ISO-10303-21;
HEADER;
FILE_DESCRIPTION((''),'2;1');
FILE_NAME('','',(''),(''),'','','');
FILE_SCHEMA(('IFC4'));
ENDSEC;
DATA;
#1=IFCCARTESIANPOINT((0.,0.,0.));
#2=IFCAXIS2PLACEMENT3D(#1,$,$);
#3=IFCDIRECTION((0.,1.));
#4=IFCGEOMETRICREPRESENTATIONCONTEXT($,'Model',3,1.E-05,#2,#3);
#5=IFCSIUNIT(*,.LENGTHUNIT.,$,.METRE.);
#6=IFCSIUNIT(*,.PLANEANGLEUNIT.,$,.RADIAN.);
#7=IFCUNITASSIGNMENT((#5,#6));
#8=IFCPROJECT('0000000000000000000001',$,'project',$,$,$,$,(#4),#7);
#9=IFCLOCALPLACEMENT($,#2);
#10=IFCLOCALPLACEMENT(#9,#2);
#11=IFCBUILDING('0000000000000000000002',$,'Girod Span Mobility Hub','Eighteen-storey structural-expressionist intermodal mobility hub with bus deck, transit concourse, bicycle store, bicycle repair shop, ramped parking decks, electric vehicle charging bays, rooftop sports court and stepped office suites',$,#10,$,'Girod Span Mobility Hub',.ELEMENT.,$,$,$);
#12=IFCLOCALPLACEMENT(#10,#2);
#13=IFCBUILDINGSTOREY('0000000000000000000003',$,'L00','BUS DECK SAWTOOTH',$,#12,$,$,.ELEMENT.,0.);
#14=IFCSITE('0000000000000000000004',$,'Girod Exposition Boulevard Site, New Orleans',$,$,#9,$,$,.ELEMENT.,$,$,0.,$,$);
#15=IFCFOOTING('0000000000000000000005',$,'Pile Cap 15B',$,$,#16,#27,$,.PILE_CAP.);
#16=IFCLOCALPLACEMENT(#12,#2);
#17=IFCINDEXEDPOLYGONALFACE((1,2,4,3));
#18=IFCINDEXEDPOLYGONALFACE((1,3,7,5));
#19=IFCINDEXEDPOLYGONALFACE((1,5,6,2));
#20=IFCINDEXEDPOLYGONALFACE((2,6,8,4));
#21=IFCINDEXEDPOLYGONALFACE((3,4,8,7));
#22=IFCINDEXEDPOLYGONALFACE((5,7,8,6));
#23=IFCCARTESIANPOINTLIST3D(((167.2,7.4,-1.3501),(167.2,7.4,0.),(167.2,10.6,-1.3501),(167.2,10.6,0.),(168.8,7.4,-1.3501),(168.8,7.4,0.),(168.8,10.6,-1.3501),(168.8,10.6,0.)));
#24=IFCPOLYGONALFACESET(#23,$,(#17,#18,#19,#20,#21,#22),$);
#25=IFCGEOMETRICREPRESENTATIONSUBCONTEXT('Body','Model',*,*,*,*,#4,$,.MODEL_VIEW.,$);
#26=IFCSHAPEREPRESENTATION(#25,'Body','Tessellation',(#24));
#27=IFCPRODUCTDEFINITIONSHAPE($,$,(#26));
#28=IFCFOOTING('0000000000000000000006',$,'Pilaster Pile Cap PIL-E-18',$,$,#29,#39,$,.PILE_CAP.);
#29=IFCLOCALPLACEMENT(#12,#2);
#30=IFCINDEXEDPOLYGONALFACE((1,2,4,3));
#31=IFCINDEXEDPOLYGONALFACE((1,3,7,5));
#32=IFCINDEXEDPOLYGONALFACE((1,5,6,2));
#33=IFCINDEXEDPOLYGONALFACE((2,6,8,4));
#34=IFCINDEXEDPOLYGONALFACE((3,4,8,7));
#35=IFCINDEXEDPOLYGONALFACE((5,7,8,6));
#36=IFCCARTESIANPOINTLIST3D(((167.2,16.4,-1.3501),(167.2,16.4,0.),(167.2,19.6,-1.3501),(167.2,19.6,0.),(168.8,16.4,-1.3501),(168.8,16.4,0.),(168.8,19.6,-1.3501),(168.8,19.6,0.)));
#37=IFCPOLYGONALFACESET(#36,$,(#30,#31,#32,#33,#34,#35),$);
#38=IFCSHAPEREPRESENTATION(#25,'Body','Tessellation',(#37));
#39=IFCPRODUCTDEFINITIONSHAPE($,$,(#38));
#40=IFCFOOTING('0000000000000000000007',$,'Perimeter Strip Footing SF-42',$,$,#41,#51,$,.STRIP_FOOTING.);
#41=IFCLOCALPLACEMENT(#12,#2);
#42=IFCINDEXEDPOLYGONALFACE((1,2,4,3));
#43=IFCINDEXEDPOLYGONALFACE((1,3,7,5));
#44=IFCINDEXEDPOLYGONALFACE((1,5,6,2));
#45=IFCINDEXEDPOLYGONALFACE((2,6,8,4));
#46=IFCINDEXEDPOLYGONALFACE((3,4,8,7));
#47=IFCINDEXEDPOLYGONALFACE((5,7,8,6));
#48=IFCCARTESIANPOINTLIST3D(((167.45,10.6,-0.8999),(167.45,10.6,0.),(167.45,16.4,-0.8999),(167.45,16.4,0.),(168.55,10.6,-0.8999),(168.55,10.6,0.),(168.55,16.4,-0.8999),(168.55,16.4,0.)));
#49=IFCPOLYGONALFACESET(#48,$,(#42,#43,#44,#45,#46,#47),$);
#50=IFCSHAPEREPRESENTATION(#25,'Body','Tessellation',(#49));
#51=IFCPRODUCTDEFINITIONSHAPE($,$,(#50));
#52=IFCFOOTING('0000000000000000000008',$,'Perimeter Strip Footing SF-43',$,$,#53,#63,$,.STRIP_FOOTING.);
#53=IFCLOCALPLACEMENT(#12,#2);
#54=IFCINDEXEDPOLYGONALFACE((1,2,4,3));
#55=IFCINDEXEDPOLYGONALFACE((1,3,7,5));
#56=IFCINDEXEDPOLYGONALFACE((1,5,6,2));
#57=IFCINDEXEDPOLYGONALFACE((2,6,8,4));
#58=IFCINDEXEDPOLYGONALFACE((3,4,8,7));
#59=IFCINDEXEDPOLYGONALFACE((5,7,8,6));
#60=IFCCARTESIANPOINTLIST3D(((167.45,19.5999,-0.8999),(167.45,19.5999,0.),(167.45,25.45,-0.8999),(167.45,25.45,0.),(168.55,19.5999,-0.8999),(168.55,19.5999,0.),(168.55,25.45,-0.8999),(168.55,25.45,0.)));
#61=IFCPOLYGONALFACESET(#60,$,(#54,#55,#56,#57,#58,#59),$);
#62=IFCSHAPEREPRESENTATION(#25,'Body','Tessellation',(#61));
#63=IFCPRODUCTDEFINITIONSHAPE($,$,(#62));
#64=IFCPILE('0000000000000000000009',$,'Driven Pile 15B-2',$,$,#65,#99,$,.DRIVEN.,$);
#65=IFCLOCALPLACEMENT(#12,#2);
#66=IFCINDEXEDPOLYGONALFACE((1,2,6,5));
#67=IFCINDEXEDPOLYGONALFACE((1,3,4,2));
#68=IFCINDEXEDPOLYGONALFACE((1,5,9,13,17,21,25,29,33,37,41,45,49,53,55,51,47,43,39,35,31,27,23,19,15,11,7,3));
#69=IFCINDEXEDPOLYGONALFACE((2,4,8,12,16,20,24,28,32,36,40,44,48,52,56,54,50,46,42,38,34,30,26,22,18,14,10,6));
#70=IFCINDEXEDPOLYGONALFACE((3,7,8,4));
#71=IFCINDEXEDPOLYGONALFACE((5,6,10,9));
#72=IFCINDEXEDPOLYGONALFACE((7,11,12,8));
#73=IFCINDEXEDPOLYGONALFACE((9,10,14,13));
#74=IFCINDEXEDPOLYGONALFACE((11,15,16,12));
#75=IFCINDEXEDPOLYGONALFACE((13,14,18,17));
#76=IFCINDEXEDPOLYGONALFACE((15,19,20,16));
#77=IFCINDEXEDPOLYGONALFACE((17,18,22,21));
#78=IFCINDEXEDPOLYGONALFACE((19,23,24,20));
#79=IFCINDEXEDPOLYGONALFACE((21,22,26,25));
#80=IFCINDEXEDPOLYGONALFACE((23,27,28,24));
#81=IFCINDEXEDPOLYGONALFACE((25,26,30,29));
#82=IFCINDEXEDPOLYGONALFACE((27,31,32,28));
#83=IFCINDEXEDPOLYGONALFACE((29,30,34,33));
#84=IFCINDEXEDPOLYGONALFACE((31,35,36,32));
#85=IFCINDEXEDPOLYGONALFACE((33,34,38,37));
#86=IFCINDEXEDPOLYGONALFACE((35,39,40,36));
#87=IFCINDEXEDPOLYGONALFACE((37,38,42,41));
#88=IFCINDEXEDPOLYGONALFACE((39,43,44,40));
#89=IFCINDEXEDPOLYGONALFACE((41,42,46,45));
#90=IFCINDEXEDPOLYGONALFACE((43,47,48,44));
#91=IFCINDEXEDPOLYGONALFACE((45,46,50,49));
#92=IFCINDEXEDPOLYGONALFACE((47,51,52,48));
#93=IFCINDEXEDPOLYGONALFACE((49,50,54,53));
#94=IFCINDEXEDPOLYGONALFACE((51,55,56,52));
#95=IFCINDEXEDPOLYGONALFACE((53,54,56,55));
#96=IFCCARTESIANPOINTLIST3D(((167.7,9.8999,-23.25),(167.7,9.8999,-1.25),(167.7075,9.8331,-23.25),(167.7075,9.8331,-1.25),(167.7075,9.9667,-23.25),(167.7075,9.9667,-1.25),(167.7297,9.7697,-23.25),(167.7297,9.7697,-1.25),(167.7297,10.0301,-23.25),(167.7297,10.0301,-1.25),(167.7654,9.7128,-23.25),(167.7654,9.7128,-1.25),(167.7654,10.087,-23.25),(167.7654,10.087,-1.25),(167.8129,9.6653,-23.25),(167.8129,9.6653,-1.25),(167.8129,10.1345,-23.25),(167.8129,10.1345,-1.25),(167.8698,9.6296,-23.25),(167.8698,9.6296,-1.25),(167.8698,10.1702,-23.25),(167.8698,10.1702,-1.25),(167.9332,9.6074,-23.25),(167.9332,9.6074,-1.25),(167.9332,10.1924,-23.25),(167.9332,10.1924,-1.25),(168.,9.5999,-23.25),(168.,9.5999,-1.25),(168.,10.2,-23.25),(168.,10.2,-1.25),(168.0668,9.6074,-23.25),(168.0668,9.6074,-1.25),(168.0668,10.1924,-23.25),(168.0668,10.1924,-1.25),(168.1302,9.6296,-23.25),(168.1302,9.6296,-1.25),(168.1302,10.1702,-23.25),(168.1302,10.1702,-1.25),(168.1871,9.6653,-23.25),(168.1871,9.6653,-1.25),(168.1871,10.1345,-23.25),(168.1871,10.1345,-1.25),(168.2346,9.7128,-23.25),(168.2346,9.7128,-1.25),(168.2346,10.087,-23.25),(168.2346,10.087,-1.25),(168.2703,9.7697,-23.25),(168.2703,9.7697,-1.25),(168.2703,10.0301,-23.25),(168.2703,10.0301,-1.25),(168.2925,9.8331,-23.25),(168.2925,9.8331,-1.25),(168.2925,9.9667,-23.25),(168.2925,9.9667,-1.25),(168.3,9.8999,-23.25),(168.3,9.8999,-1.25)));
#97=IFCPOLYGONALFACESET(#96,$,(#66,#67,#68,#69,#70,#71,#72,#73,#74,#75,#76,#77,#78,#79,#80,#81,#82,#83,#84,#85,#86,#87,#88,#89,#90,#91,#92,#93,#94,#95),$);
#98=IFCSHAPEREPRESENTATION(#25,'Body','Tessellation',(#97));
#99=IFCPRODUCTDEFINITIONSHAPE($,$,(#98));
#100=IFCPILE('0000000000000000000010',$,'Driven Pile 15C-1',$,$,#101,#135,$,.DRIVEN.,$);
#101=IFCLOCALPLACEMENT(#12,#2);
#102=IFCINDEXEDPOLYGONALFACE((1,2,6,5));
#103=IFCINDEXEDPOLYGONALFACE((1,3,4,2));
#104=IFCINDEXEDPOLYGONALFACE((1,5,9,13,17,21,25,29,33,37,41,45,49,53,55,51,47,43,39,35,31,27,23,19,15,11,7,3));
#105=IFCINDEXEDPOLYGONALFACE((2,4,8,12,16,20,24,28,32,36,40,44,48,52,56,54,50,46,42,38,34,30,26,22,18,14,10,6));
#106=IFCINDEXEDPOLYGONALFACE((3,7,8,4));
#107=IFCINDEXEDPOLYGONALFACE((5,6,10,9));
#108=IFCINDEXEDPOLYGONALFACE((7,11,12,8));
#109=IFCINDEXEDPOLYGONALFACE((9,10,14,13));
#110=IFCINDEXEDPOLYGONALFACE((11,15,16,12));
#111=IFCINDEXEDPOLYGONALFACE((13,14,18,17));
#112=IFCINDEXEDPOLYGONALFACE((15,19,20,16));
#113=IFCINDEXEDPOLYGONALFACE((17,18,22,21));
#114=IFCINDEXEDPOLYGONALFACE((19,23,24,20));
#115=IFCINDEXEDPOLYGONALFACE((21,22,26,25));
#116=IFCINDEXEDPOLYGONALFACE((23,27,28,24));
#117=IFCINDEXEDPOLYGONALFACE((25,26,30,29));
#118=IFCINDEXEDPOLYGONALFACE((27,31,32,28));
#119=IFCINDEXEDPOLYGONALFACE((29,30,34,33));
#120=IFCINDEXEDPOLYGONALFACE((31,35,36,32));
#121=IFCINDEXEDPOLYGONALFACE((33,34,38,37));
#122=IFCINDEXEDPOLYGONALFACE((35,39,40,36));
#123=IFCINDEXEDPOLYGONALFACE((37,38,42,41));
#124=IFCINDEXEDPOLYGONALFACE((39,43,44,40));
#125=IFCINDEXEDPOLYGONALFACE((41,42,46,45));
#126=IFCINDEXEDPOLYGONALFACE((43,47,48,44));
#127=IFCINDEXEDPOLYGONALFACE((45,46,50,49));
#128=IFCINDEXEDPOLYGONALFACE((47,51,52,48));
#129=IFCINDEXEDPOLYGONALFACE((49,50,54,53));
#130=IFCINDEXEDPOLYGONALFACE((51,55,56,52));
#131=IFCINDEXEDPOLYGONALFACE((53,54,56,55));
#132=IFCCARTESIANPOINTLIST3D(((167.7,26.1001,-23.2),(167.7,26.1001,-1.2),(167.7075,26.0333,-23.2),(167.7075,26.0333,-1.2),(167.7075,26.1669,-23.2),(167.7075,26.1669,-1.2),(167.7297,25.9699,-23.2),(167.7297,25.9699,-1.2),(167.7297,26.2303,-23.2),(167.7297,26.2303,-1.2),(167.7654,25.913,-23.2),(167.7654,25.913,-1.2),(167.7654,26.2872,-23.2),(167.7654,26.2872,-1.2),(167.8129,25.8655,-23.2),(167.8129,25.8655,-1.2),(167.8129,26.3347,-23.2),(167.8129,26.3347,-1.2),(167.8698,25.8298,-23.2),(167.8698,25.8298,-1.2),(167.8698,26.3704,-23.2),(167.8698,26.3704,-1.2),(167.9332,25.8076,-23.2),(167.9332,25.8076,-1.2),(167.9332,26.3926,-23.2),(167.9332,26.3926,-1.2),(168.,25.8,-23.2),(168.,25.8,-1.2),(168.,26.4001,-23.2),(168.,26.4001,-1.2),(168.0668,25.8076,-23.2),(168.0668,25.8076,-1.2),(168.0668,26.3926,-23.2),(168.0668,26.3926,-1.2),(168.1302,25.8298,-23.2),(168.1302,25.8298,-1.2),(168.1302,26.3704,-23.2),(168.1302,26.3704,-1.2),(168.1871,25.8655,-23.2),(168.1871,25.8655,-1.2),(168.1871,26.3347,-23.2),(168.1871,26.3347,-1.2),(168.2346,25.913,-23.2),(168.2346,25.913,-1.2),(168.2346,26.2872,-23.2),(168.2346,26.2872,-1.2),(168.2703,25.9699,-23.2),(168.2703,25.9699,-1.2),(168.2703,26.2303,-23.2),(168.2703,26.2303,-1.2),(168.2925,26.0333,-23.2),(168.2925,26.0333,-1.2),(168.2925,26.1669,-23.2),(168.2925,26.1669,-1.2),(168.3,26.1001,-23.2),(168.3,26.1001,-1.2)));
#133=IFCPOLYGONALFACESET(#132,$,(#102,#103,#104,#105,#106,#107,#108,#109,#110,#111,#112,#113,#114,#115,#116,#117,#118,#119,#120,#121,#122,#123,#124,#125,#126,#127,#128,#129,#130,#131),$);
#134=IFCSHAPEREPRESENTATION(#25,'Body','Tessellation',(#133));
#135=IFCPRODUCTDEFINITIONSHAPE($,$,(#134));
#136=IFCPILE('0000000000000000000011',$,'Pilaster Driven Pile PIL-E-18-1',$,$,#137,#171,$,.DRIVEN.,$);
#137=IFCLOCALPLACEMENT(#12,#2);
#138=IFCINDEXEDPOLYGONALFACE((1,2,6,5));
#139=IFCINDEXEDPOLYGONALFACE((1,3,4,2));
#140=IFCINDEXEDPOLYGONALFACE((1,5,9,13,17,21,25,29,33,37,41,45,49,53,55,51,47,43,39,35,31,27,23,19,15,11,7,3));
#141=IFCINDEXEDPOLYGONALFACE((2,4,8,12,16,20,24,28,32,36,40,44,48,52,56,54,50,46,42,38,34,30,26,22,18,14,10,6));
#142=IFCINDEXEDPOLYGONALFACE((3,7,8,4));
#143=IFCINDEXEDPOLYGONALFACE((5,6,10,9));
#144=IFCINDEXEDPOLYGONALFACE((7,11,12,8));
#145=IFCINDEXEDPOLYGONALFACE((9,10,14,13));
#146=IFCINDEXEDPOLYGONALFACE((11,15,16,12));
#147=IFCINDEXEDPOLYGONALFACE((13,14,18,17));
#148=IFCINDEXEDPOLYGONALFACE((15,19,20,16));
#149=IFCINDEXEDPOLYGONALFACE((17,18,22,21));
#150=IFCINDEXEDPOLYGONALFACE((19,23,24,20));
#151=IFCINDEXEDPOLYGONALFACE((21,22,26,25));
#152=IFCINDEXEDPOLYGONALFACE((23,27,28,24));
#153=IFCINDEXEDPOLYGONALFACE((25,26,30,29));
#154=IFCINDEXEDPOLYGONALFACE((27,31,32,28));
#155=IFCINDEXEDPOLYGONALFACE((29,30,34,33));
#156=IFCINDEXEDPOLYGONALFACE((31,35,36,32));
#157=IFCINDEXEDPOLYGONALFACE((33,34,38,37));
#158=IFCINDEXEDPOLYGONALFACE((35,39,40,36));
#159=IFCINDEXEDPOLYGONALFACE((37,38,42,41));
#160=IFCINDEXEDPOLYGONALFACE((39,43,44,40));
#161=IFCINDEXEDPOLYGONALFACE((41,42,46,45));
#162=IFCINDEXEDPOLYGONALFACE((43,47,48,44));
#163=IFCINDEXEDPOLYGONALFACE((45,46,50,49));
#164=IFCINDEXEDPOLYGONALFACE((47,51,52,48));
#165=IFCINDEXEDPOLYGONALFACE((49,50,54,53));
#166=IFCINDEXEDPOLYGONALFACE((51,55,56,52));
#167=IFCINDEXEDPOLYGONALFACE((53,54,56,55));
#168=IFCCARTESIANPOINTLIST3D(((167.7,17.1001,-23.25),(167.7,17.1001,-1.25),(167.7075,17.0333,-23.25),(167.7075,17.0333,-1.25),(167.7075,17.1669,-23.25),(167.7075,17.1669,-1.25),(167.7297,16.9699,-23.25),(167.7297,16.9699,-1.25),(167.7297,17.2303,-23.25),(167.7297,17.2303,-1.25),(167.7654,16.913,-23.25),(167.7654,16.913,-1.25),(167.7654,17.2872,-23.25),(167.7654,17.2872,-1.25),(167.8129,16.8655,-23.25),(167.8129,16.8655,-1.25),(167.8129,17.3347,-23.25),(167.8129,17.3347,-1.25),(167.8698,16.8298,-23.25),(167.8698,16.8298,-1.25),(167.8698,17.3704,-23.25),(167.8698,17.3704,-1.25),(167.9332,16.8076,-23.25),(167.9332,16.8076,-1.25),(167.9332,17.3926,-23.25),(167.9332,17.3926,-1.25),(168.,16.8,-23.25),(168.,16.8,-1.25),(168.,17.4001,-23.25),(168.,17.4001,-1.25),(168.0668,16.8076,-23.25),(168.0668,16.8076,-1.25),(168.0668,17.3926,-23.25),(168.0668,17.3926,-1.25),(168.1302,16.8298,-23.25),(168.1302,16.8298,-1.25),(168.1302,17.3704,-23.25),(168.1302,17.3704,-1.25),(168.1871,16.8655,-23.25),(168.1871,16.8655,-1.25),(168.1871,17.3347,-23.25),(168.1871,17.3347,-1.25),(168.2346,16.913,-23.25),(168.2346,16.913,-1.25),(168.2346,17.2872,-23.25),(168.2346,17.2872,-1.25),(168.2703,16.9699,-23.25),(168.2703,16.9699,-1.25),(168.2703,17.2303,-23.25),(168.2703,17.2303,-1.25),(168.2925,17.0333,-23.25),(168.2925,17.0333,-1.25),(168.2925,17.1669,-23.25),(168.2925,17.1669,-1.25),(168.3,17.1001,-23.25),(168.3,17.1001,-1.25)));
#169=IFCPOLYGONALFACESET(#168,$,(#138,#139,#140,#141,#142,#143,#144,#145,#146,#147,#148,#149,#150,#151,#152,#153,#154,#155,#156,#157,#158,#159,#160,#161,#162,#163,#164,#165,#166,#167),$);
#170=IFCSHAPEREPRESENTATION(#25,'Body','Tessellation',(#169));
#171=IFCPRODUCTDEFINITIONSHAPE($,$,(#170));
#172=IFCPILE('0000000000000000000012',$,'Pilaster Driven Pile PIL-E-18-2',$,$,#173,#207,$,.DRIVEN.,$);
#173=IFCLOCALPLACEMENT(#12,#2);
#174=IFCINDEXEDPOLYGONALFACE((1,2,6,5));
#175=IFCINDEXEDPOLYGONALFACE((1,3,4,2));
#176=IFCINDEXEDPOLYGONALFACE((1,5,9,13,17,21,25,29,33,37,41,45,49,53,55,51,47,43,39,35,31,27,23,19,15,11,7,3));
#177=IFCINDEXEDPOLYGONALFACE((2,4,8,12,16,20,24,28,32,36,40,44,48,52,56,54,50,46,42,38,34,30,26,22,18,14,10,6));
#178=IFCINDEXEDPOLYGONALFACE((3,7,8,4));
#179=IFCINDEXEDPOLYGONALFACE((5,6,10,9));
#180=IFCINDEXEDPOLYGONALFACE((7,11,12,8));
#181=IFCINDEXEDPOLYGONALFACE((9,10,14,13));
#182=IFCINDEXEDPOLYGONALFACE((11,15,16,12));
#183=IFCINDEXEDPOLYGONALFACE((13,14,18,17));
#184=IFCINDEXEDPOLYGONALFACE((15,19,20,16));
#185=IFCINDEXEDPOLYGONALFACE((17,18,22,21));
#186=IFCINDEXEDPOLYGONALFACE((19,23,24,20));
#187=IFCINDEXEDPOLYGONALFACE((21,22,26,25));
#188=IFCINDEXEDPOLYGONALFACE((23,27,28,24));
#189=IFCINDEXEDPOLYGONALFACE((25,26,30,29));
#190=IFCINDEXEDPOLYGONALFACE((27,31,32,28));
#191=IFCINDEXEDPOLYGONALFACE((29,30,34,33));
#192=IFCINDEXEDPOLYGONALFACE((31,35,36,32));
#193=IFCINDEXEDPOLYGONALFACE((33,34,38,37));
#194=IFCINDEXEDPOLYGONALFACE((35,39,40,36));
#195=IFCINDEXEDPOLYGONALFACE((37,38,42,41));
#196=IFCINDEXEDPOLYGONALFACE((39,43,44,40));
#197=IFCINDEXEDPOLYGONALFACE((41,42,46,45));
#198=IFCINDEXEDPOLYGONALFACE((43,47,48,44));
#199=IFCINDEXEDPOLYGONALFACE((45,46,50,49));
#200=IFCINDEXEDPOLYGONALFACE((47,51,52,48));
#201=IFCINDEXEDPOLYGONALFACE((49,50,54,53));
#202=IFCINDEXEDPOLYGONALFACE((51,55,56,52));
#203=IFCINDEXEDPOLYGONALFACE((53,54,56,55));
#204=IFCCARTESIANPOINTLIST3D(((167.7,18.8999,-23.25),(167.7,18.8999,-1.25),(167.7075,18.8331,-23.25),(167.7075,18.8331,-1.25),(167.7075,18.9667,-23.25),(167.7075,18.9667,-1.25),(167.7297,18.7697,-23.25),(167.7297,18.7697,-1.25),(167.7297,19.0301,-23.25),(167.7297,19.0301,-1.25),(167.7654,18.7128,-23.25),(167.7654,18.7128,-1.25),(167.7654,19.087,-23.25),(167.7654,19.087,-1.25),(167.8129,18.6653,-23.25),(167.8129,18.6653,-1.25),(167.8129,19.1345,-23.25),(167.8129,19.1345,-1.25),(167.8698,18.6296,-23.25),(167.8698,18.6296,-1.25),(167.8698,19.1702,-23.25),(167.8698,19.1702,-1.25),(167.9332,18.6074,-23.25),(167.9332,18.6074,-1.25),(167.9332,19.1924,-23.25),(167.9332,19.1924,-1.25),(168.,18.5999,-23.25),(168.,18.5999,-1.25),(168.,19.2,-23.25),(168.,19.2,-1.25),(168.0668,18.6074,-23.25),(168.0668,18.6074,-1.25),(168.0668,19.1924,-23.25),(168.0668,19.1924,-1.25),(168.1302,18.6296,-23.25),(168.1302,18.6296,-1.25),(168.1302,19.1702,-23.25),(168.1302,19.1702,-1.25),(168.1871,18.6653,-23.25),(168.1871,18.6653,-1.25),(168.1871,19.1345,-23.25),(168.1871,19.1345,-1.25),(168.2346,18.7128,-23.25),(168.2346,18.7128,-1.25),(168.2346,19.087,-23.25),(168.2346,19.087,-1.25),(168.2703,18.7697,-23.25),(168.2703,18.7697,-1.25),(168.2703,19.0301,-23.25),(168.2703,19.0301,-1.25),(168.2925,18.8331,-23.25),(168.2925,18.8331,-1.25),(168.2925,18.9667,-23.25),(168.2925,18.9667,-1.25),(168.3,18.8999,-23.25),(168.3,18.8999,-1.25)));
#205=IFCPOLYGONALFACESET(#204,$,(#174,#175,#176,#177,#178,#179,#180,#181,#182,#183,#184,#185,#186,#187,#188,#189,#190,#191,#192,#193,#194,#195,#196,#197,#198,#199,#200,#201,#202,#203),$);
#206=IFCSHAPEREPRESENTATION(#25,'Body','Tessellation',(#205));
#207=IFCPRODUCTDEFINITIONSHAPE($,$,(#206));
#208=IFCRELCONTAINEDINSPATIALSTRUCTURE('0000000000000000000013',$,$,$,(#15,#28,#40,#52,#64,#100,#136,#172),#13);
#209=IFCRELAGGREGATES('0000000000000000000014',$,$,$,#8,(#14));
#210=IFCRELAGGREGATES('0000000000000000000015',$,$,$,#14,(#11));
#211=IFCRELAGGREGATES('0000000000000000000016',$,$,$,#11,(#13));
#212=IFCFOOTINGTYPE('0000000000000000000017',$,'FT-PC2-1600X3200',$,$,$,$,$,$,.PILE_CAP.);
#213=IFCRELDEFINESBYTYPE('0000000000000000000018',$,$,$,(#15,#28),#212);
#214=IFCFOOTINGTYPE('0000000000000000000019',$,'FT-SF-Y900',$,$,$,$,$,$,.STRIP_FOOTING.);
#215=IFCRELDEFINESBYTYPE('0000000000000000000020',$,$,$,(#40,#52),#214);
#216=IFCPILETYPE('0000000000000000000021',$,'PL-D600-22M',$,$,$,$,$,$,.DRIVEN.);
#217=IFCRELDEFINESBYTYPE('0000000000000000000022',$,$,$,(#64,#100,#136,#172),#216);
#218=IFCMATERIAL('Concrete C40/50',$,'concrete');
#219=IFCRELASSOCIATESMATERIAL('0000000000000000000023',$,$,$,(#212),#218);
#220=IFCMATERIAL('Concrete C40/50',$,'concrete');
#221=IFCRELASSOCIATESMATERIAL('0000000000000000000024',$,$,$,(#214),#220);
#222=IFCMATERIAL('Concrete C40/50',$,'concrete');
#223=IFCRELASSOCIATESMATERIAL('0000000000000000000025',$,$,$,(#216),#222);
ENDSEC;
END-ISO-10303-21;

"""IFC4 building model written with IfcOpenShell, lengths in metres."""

from ifc_helpers import new_model, si_unit, direction, frame, origin, origin_2d, place, context, subcontext, project, spatial, rectangle, circle, extrude, material, material_profile, profile_set, type_object, element, save


model = new_model("IFC4")

# Units and contexts
model_context = context("Model", 3, precision=1e-05, world=origin(), true_north=direction((0.0, 1.0)))
body_context = subcontext(model_context, "Body", "Model", "MODEL_VIEW")
ifc_project = project(units=[si_unit("LENGTHUNIT", "METRE"), si_unit("PLANEANGLEUNIT", "RADIAN")], contexts=[model_context])

# Site, building, storey
site_placement = place(None, origin())
site = spatial("IfcSite", under=ifc_project, at=site_placement, Name="Girod Exposition Boulevard Site, New Orleans", CompositionType="ELEMENT", RefElevation=0.0)
building_placement = place(site_placement, origin())
building = spatial("IfcBuilding", under=site, at=building_placement, Name="Girod Span Mobility Hub", Description="Eighteen-storey structural-expressionist intermodal mobility hub with bus deck, transit concourse, bicycle store, bicycle repair shop, ramped parking decks, electric vehicle charging bays, rooftop sports court and stepped office suites", LongName="Girod Span Mobility Hub", CompositionType="ELEMENT")
storey_placement = place(building_placement, origin())
storey = spatial("IfcBuildingStorey", under=building, at=storey_placement, Name="L00", Description="BUS DECK SAWTOOTH", CompositionType="ELEMENT", Elevation=0.0)

# Footings
ifc_material_1 = material(Name="Concrete C40/50", Category="concrete")
footing_type_1 = type_object("IfcFootingType", Name="FT-PC2-1600X3200", PredefinedType="PILE_CAP", material=ifc_material_1)
for number, where, z_axis, x_axis, name in (
    (1, (168.0, 9.0, -1.3501), (0.0, 0.0, 1.0), (1.0, 0.0, 0.0), "Pile Cap 15B"),
    (2, (168.0, 18.0, -1.3501), (0.0, 0.0, 1.0), (1.0, 0.0, 0.0), "Pilaster Pile Cap PIL-E-18"),
):
    element("IfcFooting", number, at=place(storey_placement, frame(where, z_axis=z_axis, x_axis=x_axis)), inside=storey, type_object=footing_type_1, Name=name, PredefinedType="PILE_CAP", context=body_context, shape_type="SweptSolid", body=[
        extrude(rectangle(XDim=1.6001, YDim=3.2, at=origin_2d()), origin(), (0.0, 0.0, 1.0), 1.3501),
    ])
ifc_material_2 = material(Name="Concrete C40/50", Category="concrete")
footing_type_2 = type_object("IfcFootingType", Name="FT-SF-Y900", PredefinedType="STRIP_FOOTING", material=ifc_material_2)
footing_1_placement = place(storey_placement, frame((168.0, 13.5, -0.8999), z_axis=(0.0, 0.0, 1.0), x_axis=(1.0, 0.0, 0.0)))
element("IfcFooting", 3, at=footing_1_placement, inside=storey, type_object=footing_type_2, Name="Perimeter Strip Footing SF-42", PredefinedType="STRIP_FOOTING", context=body_context, shape_type="SweptSolid", body=[
    extrude(rectangle(XDim=1.1001, YDim=5.8, at=origin_2d()), origin(), (0.0, 0.0, 1.0), 0.8999),
])
footing_2_placement = place(storey_placement, frame((168.0, 22.5249, -0.8999), z_axis=(0.0, 0.0, 1.0), x_axis=(1.0, 0.0, 0.0)))
element("IfcFooting", 4, at=footing_2_placement, inside=storey, type_object=footing_type_2, Name="Perimeter Strip Footing SF-43", PredefinedType="STRIP_FOOTING", context=body_context, shape_type="SweptSolid", body=[
    extrude(rectangle(XDim=1.1001, YDim=5.8501, at=origin_2d()), origin(), (0.0, 0.0, 1.0), 0.8999),
])

# Piles
ifc_material_3 = material(Name="Concrete C40/50", Category="concrete")
ifc_material_profile_1 = material_profile(ifc_material_3, circle(Radius=0.3, at=origin_2d()), Name="PILE-D600")
ifc_profile_set_1 = profile_set([ifc_material_profile_1], Name="Concrete C40/50")
pile_type_1 = type_object("IfcPileType", Name="PL-D600-22M", PredefinedType="DRIVEN", material=ifc_profile_set_1)
for number, where, z_axis, x_axis, name in (
    (5, (168.0, 9.8999, -1.25), (0.0, 0.0, -1.0), (1.0, 0.0, 0.0), "Driven Pile 15B-2"),
    (6, (168.0, 26.1001, -1.2), (0.0, 0.0, -1.0), (1.0, 0.0, 0.0), "Driven Pile 15C-1"),
    (7, (168.0, 17.1001, -1.25), (0.0, 0.0, -1.0), (1.0, 0.0, 0.0), "Pilaster Driven Pile PIL-E-18-1"),
    (8, (168.0, 18.8999, -1.25), (0.0, 0.0, -1.0), (1.0, 0.0, 0.0), "Pilaster Driven Pile PIL-E-18-2"),
):
    element("IfcPile", number, at=place(storey_placement, frame(where, z_axis=z_axis, x_axis=x_axis)), inside=storey, type_object=pile_type_1, Name=name, PredefinedType="DRIVEN", context=body_context, shape_type="SweptSolid", body=[
        extrude(circle(Radius=0.3, at=origin_2d()), origin(), (0.0, 0.0, 1.0), 22.0),
    ])

save(model, "model.ifc")
